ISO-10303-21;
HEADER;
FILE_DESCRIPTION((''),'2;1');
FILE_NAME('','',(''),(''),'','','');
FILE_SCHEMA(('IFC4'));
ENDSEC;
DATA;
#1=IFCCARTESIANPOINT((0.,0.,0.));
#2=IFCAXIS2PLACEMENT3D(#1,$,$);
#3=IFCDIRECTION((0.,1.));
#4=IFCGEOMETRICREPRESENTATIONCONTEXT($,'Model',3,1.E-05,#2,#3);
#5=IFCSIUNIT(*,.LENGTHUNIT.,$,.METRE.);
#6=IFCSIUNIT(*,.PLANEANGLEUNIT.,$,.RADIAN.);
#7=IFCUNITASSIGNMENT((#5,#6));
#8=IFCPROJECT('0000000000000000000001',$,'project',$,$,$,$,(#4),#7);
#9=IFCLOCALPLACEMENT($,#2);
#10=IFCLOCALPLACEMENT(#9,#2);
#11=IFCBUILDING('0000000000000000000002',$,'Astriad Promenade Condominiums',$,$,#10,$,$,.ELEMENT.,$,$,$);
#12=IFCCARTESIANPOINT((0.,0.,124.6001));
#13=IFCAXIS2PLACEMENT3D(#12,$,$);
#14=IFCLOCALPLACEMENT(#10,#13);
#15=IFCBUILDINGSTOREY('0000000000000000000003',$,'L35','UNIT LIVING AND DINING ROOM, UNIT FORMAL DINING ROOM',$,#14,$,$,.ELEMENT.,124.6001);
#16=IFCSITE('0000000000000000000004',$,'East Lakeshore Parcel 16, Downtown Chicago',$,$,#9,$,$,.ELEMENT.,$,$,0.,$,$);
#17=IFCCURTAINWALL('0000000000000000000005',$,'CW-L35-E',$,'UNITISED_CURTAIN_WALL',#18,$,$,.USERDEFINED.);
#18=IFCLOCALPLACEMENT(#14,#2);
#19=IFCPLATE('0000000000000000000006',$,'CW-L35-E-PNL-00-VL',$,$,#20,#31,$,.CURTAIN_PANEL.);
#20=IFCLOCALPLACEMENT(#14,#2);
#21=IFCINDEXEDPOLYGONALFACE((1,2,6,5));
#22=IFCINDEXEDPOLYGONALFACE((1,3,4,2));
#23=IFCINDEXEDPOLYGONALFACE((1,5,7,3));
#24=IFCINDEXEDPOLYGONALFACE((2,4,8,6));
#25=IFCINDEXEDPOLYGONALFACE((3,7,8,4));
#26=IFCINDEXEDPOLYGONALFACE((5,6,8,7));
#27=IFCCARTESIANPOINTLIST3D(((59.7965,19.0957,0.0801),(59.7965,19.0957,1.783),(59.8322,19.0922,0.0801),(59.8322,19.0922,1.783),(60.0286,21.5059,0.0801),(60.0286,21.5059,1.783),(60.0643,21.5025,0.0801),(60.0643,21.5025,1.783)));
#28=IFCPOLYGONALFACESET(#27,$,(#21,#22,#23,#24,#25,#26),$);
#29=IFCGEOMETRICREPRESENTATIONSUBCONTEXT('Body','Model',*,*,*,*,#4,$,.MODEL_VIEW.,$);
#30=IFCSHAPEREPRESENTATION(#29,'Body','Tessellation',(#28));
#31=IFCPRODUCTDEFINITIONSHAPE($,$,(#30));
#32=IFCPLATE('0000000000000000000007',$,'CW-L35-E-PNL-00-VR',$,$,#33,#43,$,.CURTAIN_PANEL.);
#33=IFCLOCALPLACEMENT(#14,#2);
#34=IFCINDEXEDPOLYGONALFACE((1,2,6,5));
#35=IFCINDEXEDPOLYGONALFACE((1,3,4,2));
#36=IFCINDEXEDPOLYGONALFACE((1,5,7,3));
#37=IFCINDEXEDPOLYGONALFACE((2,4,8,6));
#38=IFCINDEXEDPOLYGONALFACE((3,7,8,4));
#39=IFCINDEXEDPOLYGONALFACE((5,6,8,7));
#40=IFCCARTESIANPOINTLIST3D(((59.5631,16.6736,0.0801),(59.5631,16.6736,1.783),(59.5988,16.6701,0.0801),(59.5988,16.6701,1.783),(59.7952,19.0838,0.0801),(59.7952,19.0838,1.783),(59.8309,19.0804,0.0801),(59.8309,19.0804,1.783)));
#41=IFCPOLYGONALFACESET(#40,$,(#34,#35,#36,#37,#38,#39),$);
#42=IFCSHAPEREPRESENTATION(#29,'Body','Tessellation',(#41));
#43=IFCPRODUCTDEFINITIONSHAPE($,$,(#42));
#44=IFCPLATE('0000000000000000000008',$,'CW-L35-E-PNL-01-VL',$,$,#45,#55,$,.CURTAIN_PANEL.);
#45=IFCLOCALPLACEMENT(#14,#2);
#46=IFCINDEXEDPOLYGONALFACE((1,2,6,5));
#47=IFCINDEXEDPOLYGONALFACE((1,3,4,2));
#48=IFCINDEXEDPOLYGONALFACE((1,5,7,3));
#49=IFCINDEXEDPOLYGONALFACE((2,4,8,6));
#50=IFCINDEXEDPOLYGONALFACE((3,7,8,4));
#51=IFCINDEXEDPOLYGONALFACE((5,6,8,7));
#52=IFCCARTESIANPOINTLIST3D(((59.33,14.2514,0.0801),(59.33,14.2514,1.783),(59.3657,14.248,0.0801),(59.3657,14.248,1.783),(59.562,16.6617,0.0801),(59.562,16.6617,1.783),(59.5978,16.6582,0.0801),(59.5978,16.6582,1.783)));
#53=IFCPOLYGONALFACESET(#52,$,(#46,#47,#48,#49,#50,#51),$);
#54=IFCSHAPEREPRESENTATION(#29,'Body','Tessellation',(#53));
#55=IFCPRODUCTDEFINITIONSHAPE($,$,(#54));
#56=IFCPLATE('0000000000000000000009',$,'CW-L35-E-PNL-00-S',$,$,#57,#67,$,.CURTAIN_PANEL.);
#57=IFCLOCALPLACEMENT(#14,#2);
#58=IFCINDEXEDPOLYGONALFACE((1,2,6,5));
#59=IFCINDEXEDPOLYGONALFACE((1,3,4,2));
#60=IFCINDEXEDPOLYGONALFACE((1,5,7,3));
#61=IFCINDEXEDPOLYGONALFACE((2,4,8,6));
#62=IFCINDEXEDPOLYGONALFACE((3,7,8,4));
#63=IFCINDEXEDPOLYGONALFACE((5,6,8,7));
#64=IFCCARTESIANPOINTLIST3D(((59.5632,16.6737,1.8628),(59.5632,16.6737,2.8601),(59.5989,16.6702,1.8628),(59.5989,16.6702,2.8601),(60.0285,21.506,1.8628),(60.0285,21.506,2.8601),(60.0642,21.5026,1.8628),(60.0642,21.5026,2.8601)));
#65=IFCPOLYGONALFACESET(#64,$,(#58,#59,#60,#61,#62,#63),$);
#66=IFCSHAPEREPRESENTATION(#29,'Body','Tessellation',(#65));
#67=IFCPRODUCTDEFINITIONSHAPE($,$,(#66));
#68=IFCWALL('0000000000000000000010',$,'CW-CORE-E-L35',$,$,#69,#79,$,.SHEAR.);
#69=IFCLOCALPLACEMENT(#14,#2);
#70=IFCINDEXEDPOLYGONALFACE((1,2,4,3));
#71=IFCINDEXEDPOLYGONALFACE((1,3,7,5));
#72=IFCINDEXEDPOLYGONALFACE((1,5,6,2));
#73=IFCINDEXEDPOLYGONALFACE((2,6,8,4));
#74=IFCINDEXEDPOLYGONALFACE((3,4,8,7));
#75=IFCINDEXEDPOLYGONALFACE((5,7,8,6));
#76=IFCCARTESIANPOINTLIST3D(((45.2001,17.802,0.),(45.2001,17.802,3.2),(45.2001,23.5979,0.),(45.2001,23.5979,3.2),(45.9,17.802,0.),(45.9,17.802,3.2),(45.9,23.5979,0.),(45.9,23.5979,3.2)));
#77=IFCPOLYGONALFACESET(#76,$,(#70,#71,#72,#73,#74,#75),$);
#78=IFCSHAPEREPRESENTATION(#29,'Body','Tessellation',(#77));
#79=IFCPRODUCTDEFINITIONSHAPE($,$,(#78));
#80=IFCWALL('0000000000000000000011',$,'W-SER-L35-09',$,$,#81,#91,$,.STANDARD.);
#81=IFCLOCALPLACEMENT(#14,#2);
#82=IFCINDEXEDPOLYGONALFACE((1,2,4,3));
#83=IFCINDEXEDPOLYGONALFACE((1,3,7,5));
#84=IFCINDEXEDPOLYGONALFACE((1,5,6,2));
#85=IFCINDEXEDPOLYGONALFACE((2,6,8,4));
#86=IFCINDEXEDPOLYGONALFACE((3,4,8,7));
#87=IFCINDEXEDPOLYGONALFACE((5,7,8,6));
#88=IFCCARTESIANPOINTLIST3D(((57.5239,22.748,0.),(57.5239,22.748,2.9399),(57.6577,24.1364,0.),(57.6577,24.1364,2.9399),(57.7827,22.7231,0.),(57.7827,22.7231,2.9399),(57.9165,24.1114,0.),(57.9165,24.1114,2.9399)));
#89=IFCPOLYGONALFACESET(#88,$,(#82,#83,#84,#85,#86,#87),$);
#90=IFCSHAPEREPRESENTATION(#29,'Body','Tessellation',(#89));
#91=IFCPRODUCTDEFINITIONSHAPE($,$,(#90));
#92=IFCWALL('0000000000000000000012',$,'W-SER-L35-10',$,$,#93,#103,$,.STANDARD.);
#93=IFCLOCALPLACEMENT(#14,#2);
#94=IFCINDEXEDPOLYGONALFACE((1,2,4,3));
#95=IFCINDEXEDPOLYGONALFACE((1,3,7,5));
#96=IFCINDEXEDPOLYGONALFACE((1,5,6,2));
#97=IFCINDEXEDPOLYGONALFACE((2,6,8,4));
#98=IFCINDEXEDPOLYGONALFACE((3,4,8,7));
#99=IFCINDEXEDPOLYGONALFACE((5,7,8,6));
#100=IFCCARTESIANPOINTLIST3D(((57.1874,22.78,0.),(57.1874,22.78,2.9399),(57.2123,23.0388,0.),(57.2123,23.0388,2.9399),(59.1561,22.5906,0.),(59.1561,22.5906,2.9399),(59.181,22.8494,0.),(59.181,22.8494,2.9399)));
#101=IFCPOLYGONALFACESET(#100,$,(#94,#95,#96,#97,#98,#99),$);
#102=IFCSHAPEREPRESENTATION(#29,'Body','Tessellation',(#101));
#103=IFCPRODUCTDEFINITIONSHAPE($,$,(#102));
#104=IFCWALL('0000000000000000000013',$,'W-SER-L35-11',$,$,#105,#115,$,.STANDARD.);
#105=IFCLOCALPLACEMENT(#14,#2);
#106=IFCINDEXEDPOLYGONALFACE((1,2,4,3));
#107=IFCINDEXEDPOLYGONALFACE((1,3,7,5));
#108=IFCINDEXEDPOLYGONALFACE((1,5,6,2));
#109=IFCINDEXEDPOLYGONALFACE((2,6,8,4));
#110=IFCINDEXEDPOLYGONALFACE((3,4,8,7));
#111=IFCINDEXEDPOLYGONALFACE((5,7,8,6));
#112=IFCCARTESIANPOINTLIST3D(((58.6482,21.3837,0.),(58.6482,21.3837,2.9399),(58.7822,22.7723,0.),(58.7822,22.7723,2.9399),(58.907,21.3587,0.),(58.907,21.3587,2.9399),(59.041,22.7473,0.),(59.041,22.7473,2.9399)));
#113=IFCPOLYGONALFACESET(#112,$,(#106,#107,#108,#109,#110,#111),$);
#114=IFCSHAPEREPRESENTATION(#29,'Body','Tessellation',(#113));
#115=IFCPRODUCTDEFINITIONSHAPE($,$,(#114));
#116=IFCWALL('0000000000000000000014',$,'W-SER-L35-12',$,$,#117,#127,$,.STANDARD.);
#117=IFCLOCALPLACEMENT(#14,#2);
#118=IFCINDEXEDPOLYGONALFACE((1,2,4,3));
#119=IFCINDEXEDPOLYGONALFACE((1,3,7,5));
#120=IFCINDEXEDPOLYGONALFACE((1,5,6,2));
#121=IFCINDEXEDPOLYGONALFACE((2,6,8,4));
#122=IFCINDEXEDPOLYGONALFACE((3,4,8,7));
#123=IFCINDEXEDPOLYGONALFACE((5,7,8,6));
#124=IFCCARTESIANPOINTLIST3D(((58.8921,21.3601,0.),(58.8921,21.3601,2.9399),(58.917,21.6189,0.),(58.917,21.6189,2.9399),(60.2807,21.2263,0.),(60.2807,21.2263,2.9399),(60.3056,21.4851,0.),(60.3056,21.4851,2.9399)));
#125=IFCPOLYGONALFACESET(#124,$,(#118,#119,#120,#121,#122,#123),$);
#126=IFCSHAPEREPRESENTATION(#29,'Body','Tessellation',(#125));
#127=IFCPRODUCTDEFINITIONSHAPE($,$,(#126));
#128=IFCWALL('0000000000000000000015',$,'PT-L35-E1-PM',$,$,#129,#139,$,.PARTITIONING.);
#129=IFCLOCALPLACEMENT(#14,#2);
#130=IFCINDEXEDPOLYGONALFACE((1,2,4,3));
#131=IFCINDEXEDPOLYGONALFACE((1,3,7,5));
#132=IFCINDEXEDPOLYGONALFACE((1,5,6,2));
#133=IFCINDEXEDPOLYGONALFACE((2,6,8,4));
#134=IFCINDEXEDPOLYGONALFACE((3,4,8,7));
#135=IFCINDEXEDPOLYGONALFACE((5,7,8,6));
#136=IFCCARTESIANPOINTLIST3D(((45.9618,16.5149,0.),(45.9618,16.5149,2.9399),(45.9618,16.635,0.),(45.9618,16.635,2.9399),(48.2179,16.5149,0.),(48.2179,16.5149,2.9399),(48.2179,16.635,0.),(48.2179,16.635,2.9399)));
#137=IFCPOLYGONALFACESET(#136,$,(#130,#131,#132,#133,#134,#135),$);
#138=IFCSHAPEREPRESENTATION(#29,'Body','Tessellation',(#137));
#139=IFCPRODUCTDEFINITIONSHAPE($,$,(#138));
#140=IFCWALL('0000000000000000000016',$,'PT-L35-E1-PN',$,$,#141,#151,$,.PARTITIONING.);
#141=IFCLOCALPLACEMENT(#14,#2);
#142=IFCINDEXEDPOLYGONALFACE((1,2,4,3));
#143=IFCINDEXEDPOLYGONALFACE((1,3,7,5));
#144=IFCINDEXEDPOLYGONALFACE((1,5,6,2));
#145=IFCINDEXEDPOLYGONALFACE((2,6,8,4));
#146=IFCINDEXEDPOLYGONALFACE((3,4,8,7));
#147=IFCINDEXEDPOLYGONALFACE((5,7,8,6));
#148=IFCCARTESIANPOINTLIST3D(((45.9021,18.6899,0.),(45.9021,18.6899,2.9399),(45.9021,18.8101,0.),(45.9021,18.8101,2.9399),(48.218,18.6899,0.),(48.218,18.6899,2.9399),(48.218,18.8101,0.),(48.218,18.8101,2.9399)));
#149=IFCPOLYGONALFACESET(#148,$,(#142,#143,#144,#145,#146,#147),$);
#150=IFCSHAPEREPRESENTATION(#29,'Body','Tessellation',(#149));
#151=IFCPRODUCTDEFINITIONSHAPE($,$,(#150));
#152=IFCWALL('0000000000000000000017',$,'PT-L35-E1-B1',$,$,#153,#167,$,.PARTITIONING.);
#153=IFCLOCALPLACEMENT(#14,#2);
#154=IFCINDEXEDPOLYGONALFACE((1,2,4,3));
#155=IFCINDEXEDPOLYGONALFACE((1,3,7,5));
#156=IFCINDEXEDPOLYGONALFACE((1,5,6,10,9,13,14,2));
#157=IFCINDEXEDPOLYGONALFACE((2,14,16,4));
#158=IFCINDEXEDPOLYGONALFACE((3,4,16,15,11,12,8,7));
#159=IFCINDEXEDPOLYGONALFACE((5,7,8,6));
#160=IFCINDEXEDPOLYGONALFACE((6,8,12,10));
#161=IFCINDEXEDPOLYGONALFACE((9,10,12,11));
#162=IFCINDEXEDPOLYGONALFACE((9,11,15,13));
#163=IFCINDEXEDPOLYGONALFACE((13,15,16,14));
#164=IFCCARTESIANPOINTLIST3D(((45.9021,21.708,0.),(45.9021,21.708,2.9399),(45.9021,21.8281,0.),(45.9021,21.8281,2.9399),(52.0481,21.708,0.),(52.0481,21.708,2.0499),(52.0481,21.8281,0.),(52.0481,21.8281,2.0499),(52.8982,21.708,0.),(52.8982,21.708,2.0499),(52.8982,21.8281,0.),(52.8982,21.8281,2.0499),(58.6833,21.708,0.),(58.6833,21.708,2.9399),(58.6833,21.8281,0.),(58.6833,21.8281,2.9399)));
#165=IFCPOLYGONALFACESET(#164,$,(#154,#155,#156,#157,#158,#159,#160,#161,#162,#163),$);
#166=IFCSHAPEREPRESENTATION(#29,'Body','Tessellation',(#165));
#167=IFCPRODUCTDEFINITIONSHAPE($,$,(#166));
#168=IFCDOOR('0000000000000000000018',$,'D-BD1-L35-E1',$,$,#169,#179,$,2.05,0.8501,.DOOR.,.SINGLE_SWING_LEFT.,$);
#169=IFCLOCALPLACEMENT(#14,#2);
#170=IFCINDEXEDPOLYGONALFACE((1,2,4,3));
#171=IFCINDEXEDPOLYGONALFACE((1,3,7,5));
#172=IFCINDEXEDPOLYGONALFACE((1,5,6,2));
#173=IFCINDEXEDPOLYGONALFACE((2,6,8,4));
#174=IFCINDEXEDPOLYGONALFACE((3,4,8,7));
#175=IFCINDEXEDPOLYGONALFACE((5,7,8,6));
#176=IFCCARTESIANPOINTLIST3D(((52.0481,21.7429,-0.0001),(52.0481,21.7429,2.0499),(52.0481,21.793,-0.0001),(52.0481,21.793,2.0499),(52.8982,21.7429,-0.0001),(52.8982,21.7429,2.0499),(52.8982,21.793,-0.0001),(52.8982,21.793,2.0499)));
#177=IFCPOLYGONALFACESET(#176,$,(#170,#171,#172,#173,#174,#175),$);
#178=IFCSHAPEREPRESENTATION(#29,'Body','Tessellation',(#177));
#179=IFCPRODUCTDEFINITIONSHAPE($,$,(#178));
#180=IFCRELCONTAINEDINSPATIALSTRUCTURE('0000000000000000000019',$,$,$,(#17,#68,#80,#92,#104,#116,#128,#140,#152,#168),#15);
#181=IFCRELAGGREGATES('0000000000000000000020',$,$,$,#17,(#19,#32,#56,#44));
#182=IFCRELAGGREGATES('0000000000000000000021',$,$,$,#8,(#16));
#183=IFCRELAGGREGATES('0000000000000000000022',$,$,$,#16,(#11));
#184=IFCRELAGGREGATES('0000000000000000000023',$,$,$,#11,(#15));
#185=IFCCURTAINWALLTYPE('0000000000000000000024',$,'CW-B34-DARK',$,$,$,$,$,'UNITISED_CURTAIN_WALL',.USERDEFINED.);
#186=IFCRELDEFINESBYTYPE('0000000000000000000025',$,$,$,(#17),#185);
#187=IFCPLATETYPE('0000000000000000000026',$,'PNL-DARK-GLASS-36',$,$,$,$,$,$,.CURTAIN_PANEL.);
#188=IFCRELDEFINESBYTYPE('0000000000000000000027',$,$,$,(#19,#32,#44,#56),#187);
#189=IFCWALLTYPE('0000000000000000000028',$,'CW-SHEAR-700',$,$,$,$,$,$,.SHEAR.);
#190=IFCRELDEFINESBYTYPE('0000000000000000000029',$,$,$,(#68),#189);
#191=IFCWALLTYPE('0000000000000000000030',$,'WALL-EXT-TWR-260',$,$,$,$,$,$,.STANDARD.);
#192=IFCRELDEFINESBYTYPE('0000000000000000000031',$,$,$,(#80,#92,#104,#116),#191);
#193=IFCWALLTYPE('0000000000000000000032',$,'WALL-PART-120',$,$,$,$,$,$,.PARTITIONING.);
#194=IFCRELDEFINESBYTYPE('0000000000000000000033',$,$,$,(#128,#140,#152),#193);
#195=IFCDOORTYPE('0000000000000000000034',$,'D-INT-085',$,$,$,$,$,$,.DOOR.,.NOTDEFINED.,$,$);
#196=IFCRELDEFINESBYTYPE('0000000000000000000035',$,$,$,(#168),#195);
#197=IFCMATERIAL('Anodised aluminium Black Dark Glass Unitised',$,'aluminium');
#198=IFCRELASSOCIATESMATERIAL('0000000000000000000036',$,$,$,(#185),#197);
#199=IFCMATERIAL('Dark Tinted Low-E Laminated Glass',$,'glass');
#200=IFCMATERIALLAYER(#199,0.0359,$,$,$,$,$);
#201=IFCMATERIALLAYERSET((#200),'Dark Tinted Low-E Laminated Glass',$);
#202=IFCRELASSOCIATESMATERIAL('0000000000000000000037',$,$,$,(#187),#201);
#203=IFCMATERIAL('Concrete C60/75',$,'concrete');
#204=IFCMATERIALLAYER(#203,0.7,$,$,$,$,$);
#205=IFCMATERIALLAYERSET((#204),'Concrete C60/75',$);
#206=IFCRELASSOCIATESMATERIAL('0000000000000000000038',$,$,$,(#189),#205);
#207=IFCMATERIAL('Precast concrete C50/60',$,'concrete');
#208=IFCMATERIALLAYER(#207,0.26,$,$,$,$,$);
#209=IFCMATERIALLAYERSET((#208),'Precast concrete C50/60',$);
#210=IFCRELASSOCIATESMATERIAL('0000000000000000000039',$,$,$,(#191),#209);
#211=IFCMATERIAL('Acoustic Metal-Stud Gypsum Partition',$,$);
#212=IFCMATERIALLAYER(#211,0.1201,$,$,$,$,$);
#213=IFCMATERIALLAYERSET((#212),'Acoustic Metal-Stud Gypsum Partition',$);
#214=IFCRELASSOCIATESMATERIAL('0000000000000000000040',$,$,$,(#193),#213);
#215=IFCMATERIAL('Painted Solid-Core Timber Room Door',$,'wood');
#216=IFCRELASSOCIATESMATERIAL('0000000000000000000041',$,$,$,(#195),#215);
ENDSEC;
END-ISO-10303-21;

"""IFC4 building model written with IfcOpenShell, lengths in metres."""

from ifc_helpers import new_model, si_unit, direction, frame, frame_2d, origin, origin_2d, place, context, subcontext, project, spatial, rectangle, extrude, source, transform, mapped, material, layer, layer_set, type_object, type_shapes, element, fill, aggregate, save


model = new_model("IFC4")

# Units and contexts
model_context = context("Model", 3, precision=1e-05, world=origin(), true_north=direction((0.0, 1.0)))
body_context = subcontext(model_context, "Body", "Model", "MODEL_VIEW")
ifc_project = project(units=[si_unit("LENGTHUNIT", "METRE"), si_unit("PLANEANGLEUNIT", "RADIAN")], contexts=[model_context])

# Site, building, storey
site_placement = place(None, origin())
site = spatial("IfcSite", under=ifc_project, at=site_placement, Name="East Lakeshore Parcel 16, Downtown Chicago", CompositionType="ELEMENT", RefElevation=0.0)
building_placement = place(site_placement, origin())
building = spatial("IfcBuilding", under=site, at=building_placement, Name="Astriad Promenade Condominiums", CompositionType="ELEMENT")
storey_placement = place(building_placement, frame((0.0, 0.0, 124.6001)))
storey = spatial("IfcBuildingStorey", under=building, at=storey_placement, Name="L35", Description="UNIT LIVING AND DINING ROOM, UNIT FORMAL DINING ROOM", CompositionType="ELEMENT", Elevation=124.6001)

# Shared definitions
ifc_material_1 = material(Name="Concrete C60/75", Category="concrete")

# Curtain wall, plates
ifc_material_2 = material(Name="Anodised aluminium Black Dark Glass Unitised", Category="aluminium")
curtain_wall_type = type_object("IfcCurtainWallType", Name="CW-B34-DARK", ElementType="UNITISED_CURTAIN_WALL", PredefinedType="USERDEFINED", material=ifc_material_2)
curtain_wall_placement = place(storey_placement, origin())
curtain_wall = element("IfcCurtainWall", 1, at=curtain_wall_placement, inside=storey, type_object=curtain_wall_type, Name="CW-L35-E", ObjectType="UNITISED_CURTAIN_WALL", PredefinedType="USERDEFINED")
ifc_material_3 = material(Name="Dark Tinted Low-E Laminated Glass", Category="glass")
ifc_layer_1 = layer(ifc_material_3, 0.0359)
ifc_layer_set_1 = layer_set([ifc_layer_1], Name="Dark Tinted Low-E Laminated Glass")
plate_type = type_object("IfcPlateType", Name="PNL-DARK-GLASS-36", PredefinedType="CURTAIN_PANEL", material=ifc_layer_set_1)
shared_shape_1 = source(origin(), body_context, "Body", "SweptSolid", [
    extrude(rectangle(XDim=2.4214, YDim=0.0359, at=origin_2d()), origin(), (0.0, 0.0, 1.0), 1.7029),
])
plate_1_placement = place(storey_placement, frame((59.9304, 20.2991, 0.0801), z_axis=(0.0, 0.0, 1.0), x_axis=(-0.095846, -0.995396, 0.0)))
plate_1 = element("IfcPlate", 2, at=plate_1_placement, type_object=plate_type, Name="CW-L35-E-PNL-00-VL", PredefinedType="CURTAIN_PANEL", context=body_context, shape_type="MappedRepresentation", body=[
    mapped(shared_shape_1, transform((0.0, 0.0, 0.0), scale=1.0)),
])
plate_2_placement = place(storey_placement, frame((59.697, 17.877, 0.0801), z_axis=(0.0, 0.0, 1.0), x_axis=(-0.095846, -0.995396, 0.0)))
plate_2 = element("IfcPlate", 3, at=plate_2_placement, type_object=plate_type, Name="CW-L35-E-PNL-00-VR", PredefinedType="CURTAIN_PANEL", context=body_context, shape_type="MappedRepresentation", body=[
    mapped(shared_shape_1, transform((0.0, 0.0, 0.0), scale=1.0)),
])
plate_3_placement = place(storey_placement, frame((59.4639, 15.4548, 0.0801), z_axis=(0.0, 0.0, 1.0), x_axis=(-0.095846, -0.995396, 0.0)))
plate_3 = element("IfcPlate", 4, at=plate_3_placement, type_object=plate_type, Name="CW-L35-E-PNL-01-VL", PredefinedType="CURTAIN_PANEL", context=body_context, shape_type="MappedRepresentation", body=[
    mapped(shared_shape_1, transform((0.0, 0.0, 0.0), scale=1.0)),
])
shared_shape_2 = source(origin(), body_context, "Body", "SweptSolid", [
    extrude(rectangle(XDim=4.8547, YDim=0.0359, at=origin_2d()), origin(), (0.0, 0.0, 1.0), 0.9973),
])
type_shapes(plate_type, [shared_shape_1, shared_shape_2])
plate_4_placement = place(storey_placement, frame((59.8137, 19.0881, 1.8628), z_axis=(0.0, 0.0, 1.0), x_axis=(-0.095846, -0.995396, 0.0)))
plate_4 = element("IfcPlate", 5, at=plate_4_placement, type_object=plate_type, Name="CW-L35-E-PNL-00-S", PredefinedType="CURTAIN_PANEL", context=body_context, shape_type="MappedRepresentation", body=[
    mapped(shared_shape_2, transform((0.0, 0.0, 0.0), scale=1.0)),
])
aggregate(curtain_wall, [plate_1, plate_2, plate_4, plate_3])

# Walls
ifc_layer_2 = layer(ifc_material_1, 0.7)
ifc_layer_set_2 = layer_set([ifc_layer_2], Name="Concrete C60/75")
wall_type_1 = type_object("IfcWallType", Name="CW-SHEAR-700", PredefinedType="SHEAR", material=ifc_layer_set_2)
wall_1_placement = place(storey_placement, frame((45.55, 17.802, 0.0), z_axis=(0.0, 0.0, 1.0), x_axis=(0.0, 1.0, 0.0)))
element("IfcWall", 6, at=wall_1_placement, inside=storey, type_object=wall_type_1, Name="CW-CORE-E-L35", PredefinedType="SHEAR", context=body_context, shape_type="SweptSolid", body=[
    extrude(rectangle(XDim=5.7959, YDim=0.7, at=frame_2d((2.8979, 0.0))), origin(), (0.0, 0.0, 1.0), 3.2),
])
ifc_material_4 = material(Name="Precast concrete C50/60", Category="concrete")
ifc_layer_3 = layer(ifc_material_4, 0.26)
ifc_layer_set_3 = layer_set([ifc_layer_3], Name="Precast concrete C50/60")
wall_type_2 = type_object("IfcWallType", Name="WALL-EXT-TWR-260", PredefinedType="STANDARD", material=ifc_layer_set_3)
wall_2_placement = place(storey_placement, frame((57.7871, 24.1238, 0.0), z_axis=(0.0, 0.0, 1.0), x_axis=(-0.095916, -0.995389, 0.0)))
element("IfcWall", 7, at=wall_2_placement, inside=storey, type_object=wall_type_2, Name="W-SER-L35-09", PredefinedType="STANDARD", context=body_context, shape_type="SweptSolid", body=[
    extrude(rectangle(XDim=1.3948, YDim=0.26, at=frame_2d((0.6973, 0.0))), origin(), (0.0, 0.0, 1.0), 2.9399),
])
wall_3_placement = place(storey_placement, frame((57.2, 22.9094, 0.0), z_axis=(0.0, 0.0, 1.0), x_axis=(0.995402, -0.095788, 0.0)))
element("IfcWall", 8, at=wall_3_placement, inside=storey, type_object=wall_type_2, Name="W-SER-L35-10", PredefinedType="STANDARD", context=body_context, shape_type="SweptSolid", body=[
    extrude(rectangle(XDim=1.9778, YDim=0.26, at=frame_2d((0.9888, 0.0))), origin(), (0.0, 0.0, 1.0), 2.9399),
])
for number, where, z_axis, x_axis, name in (
    (9, (58.9116, 22.7598, 0.0), (0.0, 0.0, 1.0), (-0.096073, -0.995374, 0.0), "W-SER-L35-11"),
    (10, (58.9045, 21.4895, 0.0), (0.0, 0.0, 1.0), (0.995391, -0.095899, 0.0), "W-SER-L35-12"),
):
    element("IfcWall", number, at=place(storey_placement, frame(where, z_axis=z_axis, x_axis=x_axis)), inside=storey, type_object=wall_type_2, Name=name, PredefinedType="STANDARD", context=body_context, shape_type="SweptSolid", body=[
        extrude(rectangle(XDim=1.395, YDim=0.26, at=frame_2d((0.6975, 0.0))), origin(), (0.0, 0.0, 1.0), 2.9399),
    ])
ifc_material_5 = material(Name="Acoustic Metal-Stud Gypsum Partition")
ifc_layer_4 = layer(ifc_material_5, 0.1201)
ifc_layer_set_4 = layer_set([ifc_layer_4], Name="Acoustic Metal-Stud Gypsum Partition")
wall_type_3 = type_object("IfcWallType", Name="WALL-PART-120", PredefinedType="PARTITIONING", material=ifc_layer_set_4)
wall_4_placement = place(storey_placement, frame((45.9619, 16.575, 0.0), z_axis=(0.0, 0.0, 1.0), x_axis=(1.0, 0.0, 0.0)))
element("IfcWall", 11, at=wall_4_placement, inside=storey, type_object=wall_type_3, Name="PT-L35-E1-PM", PredefinedType="PARTITIONING", context=body_context, shape_type="SweptSolid", body=[
    extrude(rectangle(XDim=2.2561, YDim=0.1201, at=frame_2d((1.1279, 0.0))), origin(), (0.0, 0.0, 1.0), 2.9399),
])
wall_5_placement = place(storey_placement, frame((45.9021, 18.75, 0.0), z_axis=(0.0, 0.0, 1.0), x_axis=(1.0, 0.0, 0.0)))
element("IfcWall", 12, at=wall_5_placement, inside=storey, type_object=wall_type_3, Name="PT-L35-E1-PN", PredefinedType="PARTITIONING", context=body_context, shape_type="SweptSolid", body=[
    extrude(rectangle(XDim=2.3159, YDim=0.1201, at=frame_2d((1.158, 0.0))), origin(), (0.0, 0.0, 1.0), 2.9399),
])

# Wall, opening, door
wall_6_placement = place(storey_placement, frame((45.9021, 21.7681, 0.0), z_axis=(0.0, 0.0, 1.0), x_axis=(1.0, 0.0, 0.0)))
wall_6 = element("IfcWall", 13, at=wall_6_placement, inside=storey, type_object=wall_type_3, Name="PT-L35-E1-B1", PredefinedType="PARTITIONING", context=body_context, shape_type="SweptSolid", body=[
    extrude(rectangle(XDim=12.7812, YDim=0.1201, at=frame_2d((6.3906, 0.0))), origin(), (0.0, 0.0, 1.0), 2.9399),
])
opening_1_placement = place(wall_6_placement, frame((6.146, 0.0, 0.0)))
opening_1 = element("IfcOpeningElement", 14, at=opening_1_placement, cuts=wall_6, PredefinedType="OPENING", context=body_context, shape_type="SweptSolid", body=[
    extrude(rectangle(XDim=0.8501, YDim=2.05, at=frame_2d((0.425, 1.0249))), frame((0.0, 0.0701, 0.0), z_axis=(0.0, -1.0, 0.0), x_axis=(1.0, 0.0, 0.0)), (0.0, 0.0, 1.0), 0.1401),
])
ifc_material_6 = material(Name="Painted Solid-Core Timber Room Door", Category="wood")
door_type = type_object("IfcDoorType", Name="D-INT-085", OperationType="NOTDEFINED", PredefinedType="DOOR", material=ifc_material_6)
shared_shape_3 = source(origin(), body_context, "Body", "SweptSolid", [
    extrude(rectangle(XDim=0.8501, YDim=2.05, at=frame_2d((0.425, 1.0249))), frame((0.0, 0.0249, 0.0), z_axis=(0.0, -1.0, 0.0), x_axis=(1.0, 0.0, 0.0)), (0.0, 0.0, 1.0), 0.05),
])
type_shapes(door_type, [shared_shape_3])
door_1_placement = place(opening_1_placement, origin())
door_1 = element("IfcDoor", 15, at=door_1_placement, inside=storey, type_object=door_type, Name="D-BD1-L35-E1", OperationType="SINGLE_SWING_LEFT", OverallHeight=2.05, OverallWidth=0.8501, PredefinedType="DOOR", context=body_context, shape_type="MappedRepresentation", body=[
    mapped(shared_shape_3, transform((0.0, 0.0, 0.0), scale=1.0)),
])
fill(opening_1, door_1)

save(model, "model.ifc")
